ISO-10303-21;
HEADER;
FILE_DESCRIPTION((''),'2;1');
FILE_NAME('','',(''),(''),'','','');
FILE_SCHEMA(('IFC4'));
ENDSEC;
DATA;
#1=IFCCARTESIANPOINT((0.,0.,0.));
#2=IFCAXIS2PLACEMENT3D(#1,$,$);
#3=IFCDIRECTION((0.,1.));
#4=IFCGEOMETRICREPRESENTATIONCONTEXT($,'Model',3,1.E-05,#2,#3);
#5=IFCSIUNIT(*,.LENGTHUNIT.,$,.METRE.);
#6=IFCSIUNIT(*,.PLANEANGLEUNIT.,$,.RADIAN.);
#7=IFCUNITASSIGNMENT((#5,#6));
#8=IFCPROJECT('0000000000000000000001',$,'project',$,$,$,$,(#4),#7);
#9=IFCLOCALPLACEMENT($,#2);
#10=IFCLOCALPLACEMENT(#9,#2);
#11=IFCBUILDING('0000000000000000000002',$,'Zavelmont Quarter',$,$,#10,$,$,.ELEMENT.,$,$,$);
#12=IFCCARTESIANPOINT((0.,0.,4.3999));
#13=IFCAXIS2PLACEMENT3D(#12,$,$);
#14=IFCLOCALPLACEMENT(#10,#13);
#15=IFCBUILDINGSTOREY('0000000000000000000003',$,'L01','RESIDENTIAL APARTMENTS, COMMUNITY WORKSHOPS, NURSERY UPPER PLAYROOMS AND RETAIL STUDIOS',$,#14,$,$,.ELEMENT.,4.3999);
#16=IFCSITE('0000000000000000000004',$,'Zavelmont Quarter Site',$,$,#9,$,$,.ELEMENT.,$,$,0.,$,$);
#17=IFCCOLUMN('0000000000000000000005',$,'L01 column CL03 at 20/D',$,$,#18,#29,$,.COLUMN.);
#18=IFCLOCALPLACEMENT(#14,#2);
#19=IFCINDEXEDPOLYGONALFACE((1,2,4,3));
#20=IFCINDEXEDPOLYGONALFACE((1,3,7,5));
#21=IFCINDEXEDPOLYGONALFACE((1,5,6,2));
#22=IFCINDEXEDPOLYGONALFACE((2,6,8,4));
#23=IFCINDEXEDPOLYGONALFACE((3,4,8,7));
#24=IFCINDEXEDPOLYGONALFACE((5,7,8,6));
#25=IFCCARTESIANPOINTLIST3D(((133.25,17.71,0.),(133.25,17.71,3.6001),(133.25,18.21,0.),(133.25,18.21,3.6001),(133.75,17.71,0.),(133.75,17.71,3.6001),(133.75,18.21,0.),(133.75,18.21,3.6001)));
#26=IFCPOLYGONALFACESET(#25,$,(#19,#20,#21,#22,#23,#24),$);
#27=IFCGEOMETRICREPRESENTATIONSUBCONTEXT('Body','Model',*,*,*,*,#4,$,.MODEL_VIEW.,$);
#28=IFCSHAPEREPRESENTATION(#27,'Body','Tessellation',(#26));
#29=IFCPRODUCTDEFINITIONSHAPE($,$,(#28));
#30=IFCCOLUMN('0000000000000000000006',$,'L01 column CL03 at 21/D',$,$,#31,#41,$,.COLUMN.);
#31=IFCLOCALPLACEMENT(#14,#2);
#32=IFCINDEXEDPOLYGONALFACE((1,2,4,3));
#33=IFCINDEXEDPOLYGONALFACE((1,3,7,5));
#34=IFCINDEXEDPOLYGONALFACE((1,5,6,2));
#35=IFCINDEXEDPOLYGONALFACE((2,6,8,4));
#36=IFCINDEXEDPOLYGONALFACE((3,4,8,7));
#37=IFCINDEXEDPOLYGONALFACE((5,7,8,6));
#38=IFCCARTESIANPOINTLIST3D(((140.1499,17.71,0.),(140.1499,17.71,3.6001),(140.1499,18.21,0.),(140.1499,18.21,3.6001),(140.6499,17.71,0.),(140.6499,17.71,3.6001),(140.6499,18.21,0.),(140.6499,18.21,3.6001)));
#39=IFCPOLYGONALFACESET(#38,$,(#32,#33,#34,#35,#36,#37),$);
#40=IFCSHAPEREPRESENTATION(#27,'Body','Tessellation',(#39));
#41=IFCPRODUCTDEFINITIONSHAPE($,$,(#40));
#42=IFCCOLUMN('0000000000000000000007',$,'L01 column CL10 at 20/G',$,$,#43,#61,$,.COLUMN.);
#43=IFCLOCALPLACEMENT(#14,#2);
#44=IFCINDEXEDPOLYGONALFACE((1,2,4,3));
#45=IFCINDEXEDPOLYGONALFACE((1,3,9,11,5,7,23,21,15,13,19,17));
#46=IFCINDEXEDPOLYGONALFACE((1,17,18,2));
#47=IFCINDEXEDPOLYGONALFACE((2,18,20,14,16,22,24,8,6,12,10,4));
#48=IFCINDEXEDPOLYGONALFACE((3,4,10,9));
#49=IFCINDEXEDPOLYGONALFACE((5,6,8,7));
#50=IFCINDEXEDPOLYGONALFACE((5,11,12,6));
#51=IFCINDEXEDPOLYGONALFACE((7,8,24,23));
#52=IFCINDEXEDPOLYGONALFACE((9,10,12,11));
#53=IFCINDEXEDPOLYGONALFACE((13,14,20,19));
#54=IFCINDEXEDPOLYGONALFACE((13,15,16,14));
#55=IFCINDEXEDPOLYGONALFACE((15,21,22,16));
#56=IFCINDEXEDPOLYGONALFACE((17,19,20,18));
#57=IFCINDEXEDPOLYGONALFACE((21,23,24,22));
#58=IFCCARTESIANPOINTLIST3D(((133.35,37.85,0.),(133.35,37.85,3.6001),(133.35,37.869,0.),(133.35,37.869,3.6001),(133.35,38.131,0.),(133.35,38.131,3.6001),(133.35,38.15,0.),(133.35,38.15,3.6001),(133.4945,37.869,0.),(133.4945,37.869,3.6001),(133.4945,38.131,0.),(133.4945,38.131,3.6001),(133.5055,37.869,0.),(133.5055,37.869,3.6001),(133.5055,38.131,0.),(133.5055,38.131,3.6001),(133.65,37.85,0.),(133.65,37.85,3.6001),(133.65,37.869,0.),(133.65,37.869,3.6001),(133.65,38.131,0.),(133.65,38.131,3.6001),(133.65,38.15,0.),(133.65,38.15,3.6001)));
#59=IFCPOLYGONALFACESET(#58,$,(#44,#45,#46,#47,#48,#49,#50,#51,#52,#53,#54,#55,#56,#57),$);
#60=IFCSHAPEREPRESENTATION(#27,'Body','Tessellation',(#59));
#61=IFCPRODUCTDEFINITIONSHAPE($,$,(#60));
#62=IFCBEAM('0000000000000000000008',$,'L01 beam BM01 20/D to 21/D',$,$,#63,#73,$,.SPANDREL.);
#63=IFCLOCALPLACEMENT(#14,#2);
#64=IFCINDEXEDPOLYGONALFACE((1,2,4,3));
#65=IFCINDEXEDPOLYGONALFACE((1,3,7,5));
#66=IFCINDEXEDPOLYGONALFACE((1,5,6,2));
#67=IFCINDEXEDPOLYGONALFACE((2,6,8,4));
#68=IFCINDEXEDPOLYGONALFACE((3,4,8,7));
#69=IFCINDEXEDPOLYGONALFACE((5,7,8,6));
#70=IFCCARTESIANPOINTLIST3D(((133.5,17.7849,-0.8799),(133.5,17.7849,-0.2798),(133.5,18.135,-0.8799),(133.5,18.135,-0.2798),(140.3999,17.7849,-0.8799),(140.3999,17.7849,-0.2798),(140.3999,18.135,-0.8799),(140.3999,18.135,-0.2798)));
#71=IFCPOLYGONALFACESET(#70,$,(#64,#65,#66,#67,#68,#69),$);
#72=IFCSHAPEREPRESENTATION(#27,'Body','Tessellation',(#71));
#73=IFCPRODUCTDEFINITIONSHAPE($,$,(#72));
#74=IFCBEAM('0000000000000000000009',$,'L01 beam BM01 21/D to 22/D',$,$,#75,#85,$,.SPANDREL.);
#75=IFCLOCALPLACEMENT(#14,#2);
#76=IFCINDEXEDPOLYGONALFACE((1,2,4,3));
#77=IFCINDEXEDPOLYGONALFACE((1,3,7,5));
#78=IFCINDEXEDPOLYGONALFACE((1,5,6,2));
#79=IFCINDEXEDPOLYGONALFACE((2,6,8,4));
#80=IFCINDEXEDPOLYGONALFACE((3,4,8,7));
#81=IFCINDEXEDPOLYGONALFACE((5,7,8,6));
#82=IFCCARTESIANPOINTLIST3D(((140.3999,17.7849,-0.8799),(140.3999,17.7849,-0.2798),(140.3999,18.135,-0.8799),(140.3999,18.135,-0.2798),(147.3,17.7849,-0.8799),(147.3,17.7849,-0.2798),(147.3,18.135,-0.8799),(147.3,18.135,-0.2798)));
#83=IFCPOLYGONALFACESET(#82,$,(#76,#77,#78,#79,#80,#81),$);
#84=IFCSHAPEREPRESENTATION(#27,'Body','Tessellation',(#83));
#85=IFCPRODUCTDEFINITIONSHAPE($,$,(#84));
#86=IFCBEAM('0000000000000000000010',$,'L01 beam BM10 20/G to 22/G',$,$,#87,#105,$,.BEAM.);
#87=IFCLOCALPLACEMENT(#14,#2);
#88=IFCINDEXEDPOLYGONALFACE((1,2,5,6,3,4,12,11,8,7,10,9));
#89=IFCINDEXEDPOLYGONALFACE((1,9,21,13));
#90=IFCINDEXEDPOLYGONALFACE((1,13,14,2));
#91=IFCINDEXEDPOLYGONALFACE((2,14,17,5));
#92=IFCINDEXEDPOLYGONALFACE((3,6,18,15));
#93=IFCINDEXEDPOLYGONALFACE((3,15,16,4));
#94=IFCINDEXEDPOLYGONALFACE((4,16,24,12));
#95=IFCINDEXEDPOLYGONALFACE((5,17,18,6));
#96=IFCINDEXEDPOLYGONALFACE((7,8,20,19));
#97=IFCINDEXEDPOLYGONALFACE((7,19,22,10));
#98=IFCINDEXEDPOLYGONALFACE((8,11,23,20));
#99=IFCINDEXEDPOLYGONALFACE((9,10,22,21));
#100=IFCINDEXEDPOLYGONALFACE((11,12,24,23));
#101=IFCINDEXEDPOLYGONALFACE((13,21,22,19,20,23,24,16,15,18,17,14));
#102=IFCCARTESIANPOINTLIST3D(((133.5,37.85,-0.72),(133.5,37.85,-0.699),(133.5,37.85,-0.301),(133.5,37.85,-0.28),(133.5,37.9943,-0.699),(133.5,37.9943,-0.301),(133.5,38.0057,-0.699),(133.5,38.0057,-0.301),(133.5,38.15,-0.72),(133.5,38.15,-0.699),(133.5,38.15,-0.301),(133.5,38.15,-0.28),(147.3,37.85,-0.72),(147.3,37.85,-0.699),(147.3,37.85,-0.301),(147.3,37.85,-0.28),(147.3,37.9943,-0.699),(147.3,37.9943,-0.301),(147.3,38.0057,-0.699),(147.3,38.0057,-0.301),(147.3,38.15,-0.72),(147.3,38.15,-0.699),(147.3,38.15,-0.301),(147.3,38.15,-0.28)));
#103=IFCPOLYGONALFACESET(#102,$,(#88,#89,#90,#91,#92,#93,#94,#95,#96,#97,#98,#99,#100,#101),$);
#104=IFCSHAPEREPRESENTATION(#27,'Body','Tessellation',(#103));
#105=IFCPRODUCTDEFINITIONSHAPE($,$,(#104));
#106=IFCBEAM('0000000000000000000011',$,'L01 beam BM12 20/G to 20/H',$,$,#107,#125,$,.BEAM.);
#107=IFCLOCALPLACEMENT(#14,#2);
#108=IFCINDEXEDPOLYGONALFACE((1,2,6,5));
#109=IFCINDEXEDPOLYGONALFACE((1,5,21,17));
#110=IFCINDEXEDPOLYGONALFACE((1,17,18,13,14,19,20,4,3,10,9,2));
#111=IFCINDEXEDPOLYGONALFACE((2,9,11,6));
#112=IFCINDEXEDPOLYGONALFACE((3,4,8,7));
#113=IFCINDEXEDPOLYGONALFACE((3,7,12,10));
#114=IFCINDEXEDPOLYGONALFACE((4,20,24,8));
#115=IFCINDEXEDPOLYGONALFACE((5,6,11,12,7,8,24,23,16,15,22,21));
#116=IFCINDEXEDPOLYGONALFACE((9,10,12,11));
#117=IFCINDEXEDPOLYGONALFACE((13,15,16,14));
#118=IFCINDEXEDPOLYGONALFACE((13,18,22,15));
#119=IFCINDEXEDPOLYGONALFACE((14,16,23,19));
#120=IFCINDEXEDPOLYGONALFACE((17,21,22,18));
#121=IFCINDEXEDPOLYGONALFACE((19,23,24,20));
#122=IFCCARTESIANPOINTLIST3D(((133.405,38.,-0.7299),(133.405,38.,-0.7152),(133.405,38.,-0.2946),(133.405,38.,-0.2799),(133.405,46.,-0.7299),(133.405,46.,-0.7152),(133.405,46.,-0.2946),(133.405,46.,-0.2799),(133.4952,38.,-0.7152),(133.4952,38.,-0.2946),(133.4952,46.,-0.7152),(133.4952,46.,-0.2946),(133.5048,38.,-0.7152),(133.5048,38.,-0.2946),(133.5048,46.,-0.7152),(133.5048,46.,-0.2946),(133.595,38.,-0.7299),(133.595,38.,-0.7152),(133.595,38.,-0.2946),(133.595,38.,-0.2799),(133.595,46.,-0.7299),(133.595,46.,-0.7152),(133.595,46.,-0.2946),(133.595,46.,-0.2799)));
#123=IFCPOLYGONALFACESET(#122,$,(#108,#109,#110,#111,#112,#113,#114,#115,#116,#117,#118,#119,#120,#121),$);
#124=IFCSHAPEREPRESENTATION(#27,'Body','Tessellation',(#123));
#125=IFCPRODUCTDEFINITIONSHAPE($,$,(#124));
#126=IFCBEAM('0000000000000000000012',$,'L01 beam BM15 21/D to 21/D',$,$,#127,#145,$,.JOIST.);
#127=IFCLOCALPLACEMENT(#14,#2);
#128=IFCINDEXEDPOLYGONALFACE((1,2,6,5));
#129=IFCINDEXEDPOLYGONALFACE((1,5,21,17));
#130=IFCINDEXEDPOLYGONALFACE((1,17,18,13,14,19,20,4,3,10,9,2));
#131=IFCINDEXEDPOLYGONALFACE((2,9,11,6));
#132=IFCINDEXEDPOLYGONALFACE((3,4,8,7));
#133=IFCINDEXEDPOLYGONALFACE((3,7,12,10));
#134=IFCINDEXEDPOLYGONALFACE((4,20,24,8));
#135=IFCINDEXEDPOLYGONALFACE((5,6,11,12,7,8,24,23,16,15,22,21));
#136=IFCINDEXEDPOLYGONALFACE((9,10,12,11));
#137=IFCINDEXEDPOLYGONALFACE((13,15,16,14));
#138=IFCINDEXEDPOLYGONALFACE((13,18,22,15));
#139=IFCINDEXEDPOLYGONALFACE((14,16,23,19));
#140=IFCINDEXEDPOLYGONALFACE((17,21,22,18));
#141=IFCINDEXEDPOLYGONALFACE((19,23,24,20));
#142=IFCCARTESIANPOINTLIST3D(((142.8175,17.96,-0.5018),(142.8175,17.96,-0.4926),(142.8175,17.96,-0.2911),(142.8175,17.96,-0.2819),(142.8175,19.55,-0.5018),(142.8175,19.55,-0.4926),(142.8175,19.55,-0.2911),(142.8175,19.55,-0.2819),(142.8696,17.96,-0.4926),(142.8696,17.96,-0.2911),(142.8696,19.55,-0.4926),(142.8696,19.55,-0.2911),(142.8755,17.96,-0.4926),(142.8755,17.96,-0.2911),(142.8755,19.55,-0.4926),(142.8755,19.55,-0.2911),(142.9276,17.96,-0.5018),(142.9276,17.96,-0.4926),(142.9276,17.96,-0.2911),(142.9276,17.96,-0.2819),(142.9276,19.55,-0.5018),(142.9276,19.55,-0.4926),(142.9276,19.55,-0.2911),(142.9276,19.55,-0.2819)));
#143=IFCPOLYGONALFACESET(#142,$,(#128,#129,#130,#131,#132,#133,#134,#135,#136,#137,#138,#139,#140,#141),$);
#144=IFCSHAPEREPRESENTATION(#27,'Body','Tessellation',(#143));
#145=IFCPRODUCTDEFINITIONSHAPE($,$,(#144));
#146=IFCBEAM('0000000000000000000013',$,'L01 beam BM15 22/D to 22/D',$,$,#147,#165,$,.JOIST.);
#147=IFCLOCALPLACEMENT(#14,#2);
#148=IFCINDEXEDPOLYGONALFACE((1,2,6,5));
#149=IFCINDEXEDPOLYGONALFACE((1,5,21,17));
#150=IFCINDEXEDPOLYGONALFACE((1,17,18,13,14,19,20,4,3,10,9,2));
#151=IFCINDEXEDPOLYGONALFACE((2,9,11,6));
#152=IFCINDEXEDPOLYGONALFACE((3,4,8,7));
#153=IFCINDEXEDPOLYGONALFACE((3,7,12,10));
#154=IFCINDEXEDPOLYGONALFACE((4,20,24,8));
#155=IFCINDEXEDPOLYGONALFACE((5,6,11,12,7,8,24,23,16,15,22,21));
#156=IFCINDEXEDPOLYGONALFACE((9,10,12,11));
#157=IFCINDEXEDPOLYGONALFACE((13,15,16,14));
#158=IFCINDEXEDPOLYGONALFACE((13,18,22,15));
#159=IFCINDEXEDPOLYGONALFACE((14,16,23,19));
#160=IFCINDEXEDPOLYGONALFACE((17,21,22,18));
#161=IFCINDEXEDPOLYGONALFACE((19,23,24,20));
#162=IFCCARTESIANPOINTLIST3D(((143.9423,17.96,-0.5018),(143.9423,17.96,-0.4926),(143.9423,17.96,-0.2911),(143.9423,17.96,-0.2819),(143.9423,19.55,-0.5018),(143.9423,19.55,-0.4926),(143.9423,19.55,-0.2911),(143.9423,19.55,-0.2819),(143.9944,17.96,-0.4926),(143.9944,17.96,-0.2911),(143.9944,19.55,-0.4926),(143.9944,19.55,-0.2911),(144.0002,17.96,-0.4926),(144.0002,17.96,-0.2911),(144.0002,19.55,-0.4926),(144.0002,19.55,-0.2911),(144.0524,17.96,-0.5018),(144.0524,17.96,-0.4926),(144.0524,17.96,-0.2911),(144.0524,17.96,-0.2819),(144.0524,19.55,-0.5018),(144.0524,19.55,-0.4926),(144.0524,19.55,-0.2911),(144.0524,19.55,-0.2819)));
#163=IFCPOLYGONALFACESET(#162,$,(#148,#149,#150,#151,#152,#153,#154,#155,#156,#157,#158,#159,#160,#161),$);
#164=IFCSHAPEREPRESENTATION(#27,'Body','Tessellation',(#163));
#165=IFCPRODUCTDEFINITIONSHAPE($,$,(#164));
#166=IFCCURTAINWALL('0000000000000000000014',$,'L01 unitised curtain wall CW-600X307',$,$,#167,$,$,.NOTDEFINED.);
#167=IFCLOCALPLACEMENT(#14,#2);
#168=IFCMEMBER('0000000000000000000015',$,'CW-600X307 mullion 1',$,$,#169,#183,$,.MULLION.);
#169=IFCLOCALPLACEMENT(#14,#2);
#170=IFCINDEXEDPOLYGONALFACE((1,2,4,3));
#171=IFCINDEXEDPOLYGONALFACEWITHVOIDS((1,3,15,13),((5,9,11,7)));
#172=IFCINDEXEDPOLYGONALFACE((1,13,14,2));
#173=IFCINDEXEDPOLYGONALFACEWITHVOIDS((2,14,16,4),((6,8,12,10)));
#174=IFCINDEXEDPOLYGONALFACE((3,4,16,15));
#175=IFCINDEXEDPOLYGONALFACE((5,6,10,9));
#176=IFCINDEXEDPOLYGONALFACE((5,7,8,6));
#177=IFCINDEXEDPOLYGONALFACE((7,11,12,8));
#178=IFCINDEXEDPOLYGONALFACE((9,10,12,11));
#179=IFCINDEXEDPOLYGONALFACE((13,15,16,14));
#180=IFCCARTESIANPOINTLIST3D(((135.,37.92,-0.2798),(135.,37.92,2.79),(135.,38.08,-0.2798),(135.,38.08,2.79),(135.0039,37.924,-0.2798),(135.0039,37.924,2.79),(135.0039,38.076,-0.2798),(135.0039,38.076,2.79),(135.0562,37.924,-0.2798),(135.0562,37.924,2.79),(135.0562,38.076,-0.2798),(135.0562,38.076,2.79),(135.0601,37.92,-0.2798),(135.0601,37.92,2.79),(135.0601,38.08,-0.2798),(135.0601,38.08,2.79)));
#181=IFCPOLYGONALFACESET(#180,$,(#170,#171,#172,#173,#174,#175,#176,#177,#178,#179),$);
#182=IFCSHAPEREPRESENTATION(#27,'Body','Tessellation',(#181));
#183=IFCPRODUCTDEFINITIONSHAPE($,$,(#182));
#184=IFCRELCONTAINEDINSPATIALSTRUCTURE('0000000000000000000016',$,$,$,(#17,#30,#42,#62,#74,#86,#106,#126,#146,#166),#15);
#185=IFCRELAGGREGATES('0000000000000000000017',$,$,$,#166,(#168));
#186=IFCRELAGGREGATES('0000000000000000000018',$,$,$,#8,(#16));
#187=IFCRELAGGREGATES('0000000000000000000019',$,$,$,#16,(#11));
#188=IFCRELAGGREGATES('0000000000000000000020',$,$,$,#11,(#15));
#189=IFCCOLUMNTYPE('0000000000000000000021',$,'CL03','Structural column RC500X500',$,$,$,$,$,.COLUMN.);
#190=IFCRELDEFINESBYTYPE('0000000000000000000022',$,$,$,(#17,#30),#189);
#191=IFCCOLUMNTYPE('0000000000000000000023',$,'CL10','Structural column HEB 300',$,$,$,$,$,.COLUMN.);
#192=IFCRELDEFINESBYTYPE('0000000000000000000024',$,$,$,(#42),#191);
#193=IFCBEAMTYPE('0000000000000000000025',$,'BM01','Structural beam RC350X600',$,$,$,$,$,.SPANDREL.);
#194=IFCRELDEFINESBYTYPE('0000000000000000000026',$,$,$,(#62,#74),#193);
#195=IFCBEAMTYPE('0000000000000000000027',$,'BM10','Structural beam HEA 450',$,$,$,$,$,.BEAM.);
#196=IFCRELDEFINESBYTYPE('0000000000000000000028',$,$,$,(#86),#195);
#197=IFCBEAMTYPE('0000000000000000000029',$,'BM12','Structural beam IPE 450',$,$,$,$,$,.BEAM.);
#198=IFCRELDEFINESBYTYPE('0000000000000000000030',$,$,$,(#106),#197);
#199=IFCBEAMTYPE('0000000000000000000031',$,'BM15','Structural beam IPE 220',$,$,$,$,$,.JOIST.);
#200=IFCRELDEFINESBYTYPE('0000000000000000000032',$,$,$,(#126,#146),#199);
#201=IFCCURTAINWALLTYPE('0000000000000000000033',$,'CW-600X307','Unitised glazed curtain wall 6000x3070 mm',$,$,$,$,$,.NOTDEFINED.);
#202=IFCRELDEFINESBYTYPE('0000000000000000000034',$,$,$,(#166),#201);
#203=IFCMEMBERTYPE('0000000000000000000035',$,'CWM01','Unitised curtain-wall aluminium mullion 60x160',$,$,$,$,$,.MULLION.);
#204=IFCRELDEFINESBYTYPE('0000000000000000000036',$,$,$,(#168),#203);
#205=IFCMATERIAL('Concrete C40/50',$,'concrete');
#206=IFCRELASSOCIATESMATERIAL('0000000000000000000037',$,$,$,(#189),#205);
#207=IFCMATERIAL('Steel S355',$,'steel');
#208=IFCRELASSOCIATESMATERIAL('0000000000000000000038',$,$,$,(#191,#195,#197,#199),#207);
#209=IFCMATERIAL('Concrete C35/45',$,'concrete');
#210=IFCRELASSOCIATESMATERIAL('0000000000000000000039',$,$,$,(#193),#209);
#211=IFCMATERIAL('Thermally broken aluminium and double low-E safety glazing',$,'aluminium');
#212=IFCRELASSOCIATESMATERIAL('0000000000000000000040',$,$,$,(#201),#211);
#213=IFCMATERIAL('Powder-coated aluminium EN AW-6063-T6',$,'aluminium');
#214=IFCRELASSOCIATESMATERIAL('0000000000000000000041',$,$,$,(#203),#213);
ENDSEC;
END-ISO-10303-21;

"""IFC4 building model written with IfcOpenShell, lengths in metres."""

from ifc_helpers import new_model, si_unit, direction, frame, origin, origin_2d, place, context, subcontext, project, spatial, rectangle, hollow_rectangle, i_section, extrude, material, material_profile, profile_set, type_object, element, aggregate, save


model = new_model("IFC4")

# Units and contexts
model_context = context("Model", 3, precision=1e-05, world=origin(), true_north=direction((0.0, 1.0)))
body_context = subcontext(model_context, "Body", "Model", "MODEL_VIEW")
ifc_project = project(units=[si_unit("LENGTHUNIT", "METRE"), si_unit("PLANEANGLEUNIT", "RADIAN")], contexts=[model_context])

# Site, building, storey
site_placement = place(None, origin())
site = spatial("IfcSite", under=ifc_project, at=site_placement, Name="Zavelmont Quarter Site", CompositionType="ELEMENT", RefElevation=0.0)
building_placement = place(site_placement, origin())
building = spatial("IfcBuilding", under=site, at=building_placement, Name="Zavelmont Quarter", CompositionType="ELEMENT")
storey_placement = place(building_placement, frame((0.0, 0.0, 4.3999)))
storey = spatial("IfcBuildingStorey", under=building, at=storey_placement, Name="L01", Description="RESIDENTIAL APARTMENTS, COMMUNITY WORKSHOPS, NURSERY UPPER PLAYROOMS AND RETAIL STUDIOS", CompositionType="ELEMENT", Elevation=4.3999)

# Columns
ifc_material_1 = material(Name="Concrete C40/50", Category="concrete")
ifc_material_profile_1 = material_profile(ifc_material_1, rectangle(XDim=0.5, YDim=0.5, at=origin_2d()), Name="RC500X500")
ifc_profile_set_1 = profile_set([ifc_material_profile_1], Name="Concrete C40/50")
column_type_1 = type_object("IfcColumnType", Name="CL03", Description="Structural column RC500X500", PredefinedType="COLUMN", material=ifc_profile_set_1)
for number, where, z_axis, x_axis, name in (
    (1, (133.5, 17.96, 0.0), (0.0, 0.0, 1.0), (1.0, 0.0, 0.0), "L01 column CL03 at 20/D"),
    (2, (140.3999, 17.96, 0.0), (0.0, 0.0, 1.0), (1.0, 0.0, 0.0), "L01 column CL03 at 21/D"),
):
    element("IfcColumn", number, at=place(storey_placement, frame(where, z_axis=z_axis, x_axis=x_axis)), inside=storey, type_object=column_type_1, Name=name, PredefinedType="COLUMN", context=body_context, shape_type="SweptSolid", body=[
        extrude(rectangle(XDim=0.5, YDim=0.5, at=origin_2d()), origin(), (0.0, 0.0, 1.0), 3.6001),
    ])
ifc_material_2 = material(Name="Steel S355", Category="steel")
ifc_material_profile_2 = material_profile(ifc_material_2, i_section(OverallWidth=0.3, OverallDepth=0.3, WebThickness=0.011, FlangeThickness=0.019, at=origin_2d()), Name="HEB 300")
ifc_profile_set_2 = profile_set([ifc_material_profile_2], Name="Steel S355")
column_type_2 = type_object("IfcColumnType", Name="CL10", Description="Structural column HEB 300", PredefinedType="COLUMN", material=ifc_profile_set_2)
column_placement = place(storey_placement, frame((133.5, 38.0, 0.0), z_axis=(0.0, 0.0, 1.0), x_axis=(1.0, 0.0, 0.0)))
element("IfcColumn", 3, at=column_placement, inside=storey, type_object=column_type_2, Name="L01 column CL10 at 20/G", PredefinedType="COLUMN", context=body_context, shape_type="SweptSolid", body=[
    extrude(i_section(OverallWidth=0.3, OverallDepth=0.3, WebThickness=0.011, FlangeThickness=0.019, at=origin_2d()), origin(), (0.0, 0.0, 1.0), 3.6001),
])

# Beams
ifc_material_3 = material(Name="Concrete C35/45", Category="concrete")
ifc_material_profile_3 = material_profile(ifc_material_3, rectangle(XDim=0.3501, YDim=0.6001, at=origin_2d()), Name="RC350X600")
ifc_profile_set_3 = profile_set([ifc_material_profile_3], Name="Concrete C35/45")
beam_type_1 = type_object("IfcBeamType", Name="BM01", Description="Structural beam RC350X600", PredefinedType="SPANDREL", material=ifc_profile_set_3)
beam_1_placement = place(storey_placement, frame((133.5, 17.96, -0.5798), z_axis=(1.0, 0.0, 0.0), x_axis=(0.0, 1.0, 0.0)))
element("IfcBeam", 4, at=beam_1_placement, inside=storey, type_object=beam_type_1, Name="L01 beam BM01 20/D to 21/D", PredefinedType="SPANDREL", context=body_context, shape_type="SweptSolid", body=[
    extrude(rectangle(XDim=0.3501, YDim=0.6001, at=origin_2d()), origin(), (0.0, 0.0, 1.0), 6.8999),
])
beam_2_placement = place(storey_placement, frame((140.3999, 17.96, -0.5798), z_axis=(1.0, 0.0, 0.0), x_axis=(0.0, 1.0, 0.0)))
element("IfcBeam", 5, at=beam_2_placement, inside=storey, type_object=beam_type_1, Name="L01 beam BM01 21/D to 22/D", PredefinedType="SPANDREL", context=body_context, shape_type="SweptSolid", body=[
    extrude(rectangle(XDim=0.3501, YDim=0.6001, at=origin_2d()), origin(), (0.0, 0.0, 1.0), 6.9001),
])
ifc_material_profile_4 = material_profile(ifc_material_2, i_section(OverallWidth=0.3, OverallDepth=0.4399, WebThickness=0.0115, FlangeThickness=0.021, at=origin_2d()), Name="HEA 450")
ifc_profile_set_4 = profile_set([ifc_material_profile_4], Name="Steel S355")
beam_type_2 = type_object("IfcBeamType", Name="BM10", Description="Structural beam HEA 450", PredefinedType="BEAM", material=ifc_profile_set_4)
beam_3_placement = place(storey_placement, frame((133.5, 38.0, -0.5), z_axis=(1.0, 0.0, 0.0), x_axis=(0.0, 1.0, 0.0)))
element("IfcBeam", 6, at=beam_3_placement, inside=storey, type_object=beam_type_2, Name="L01 beam BM10 20/G to 22/G", PredefinedType="BEAM", context=body_context, shape_type="SweptSolid", body=[
    extrude(i_section(OverallWidth=0.3, OverallDepth=0.4399, WebThickness=0.0115, FlangeThickness=0.021, at=origin_2d()), origin(), (0.0, 0.0, 1.0), 13.8),
])
ifc_material_profile_5 = material_profile(ifc_material_2, i_section(OverallWidth=0.1899, OverallDepth=0.45, WebThickness=0.0095, FlangeThickness=0.0146, at=origin_2d()), Name="IPE 450")
ifc_profile_set_5 = profile_set([ifc_material_profile_5], Name="Steel S355")
beam_type_3 = type_object("IfcBeamType", Name="BM12", Description="Structural beam IPE 450", PredefinedType="BEAM", material=ifc_profile_set_5)
beam_4_placement = place(storey_placement, frame((133.5, 38.0, -0.5049), z_axis=(0.0, 1.0, 0.0), x_axis=(-1.0, 0.0, 0.0)))
element("IfcBeam", 7, at=beam_4_placement, inside=storey, type_object=beam_type_3, Name="L01 beam BM12 20/G to 20/H", PredefinedType="BEAM", context=body_context, shape_type="SweptSolid", body=[
    extrude(i_section(OverallWidth=0.1899, OverallDepth=0.45, WebThickness=0.0095, FlangeThickness=0.0146, at=origin_2d()), origin(), (0.0, 0.0, 1.0), 8.0),
])
ifc_material_profile_6 = material_profile(ifc_material_2, i_section(OverallWidth=0.1101, OverallDepth=0.22, WebThickness=0.0059, FlangeThickness=0.0093, at=origin_2d()), Name="IPE 220")
ifc_profile_set_6 = profile_set([ifc_material_profile_6], Name="Steel S355")
beam_type_4 = type_object("IfcBeamType", Name="BM15", Description="Structural beam IPE 220", PredefinedType="JOIST", material=ifc_profile_set_6)
for number, where, z_axis, x_axis, name in (
    (8, (142.8726, 17.96, -0.3918), (0.0, 1.0, 0.0), (-1.0, 0.0, 0.0), "L01 beam BM15 21/D to 21/D"),
    (9, (143.9973, 17.96, -0.3918), (0.0, 1.0, 0.0), (-1.0, 0.0, 0.0), "L01 beam BM15 22/D to 22/D"),
):
    element("IfcBeam", number, at=place(storey_placement, frame(where, z_axis=z_axis, x_axis=x_axis)), inside=storey, type_object=beam_type_4, Name=name, PredefinedType="JOIST", context=body_context, shape_type="SweptSolid", body=[
        extrude(i_section(OverallWidth=0.1101, OverallDepth=0.22, WebThickness=0.0059, FlangeThickness=0.0093, at=origin_2d()), origin(), (0.0, 0.0, 1.0), 1.5901),
    ])

# Curtain wall, member
ifc_material_4 = material(Name="Thermally broken aluminium and double low-E safety glazing", Category="aluminium")
curtain_wall_type = type_object("IfcCurtainWallType", Name="CW-600X307", Description="Unitised glazed curtain wall 6000x3070 mm", PredefinedType="NOTDEFINED", material=ifc_material_4)
curtain_wall_placement = place(storey_placement, origin())
curtain_wall = element("IfcCurtainWall", 10, at=curtain_wall_placement, inside=storey, type_object=curtain_wall_type, Name="L01 unitised curtain wall CW-600X307", PredefinedType="NOTDEFINED")
ifc_material_5 = material(Name="Powder-coated aluminium EN AW-6063-T6", Category="aluminium")
ifc_material_profile_7 = material_profile(ifc_material_5, hollow_rectangle(XDim=0.0601, YDim=0.1599, WallThickness=0.0039, at=origin_2d()), Name="CWM60X160")
ifc_profile_set_7 = profile_set([ifc_material_profile_7], Name="Powder-coated aluminium EN AW-6063-T6")
member_type_1 = type_object("IfcMemberType", Name="CWM01", Description="Unitised curtain-wall aluminium mullion 60x160", PredefinedType="MULLION", material=ifc_profile_set_7)
member_1_placement = place(storey_placement, frame((135.03, 38.0, -0.2798), z_axis=(0.0, 0.0, 1.0), x_axis=(1.0, 0.0, 0.0)))
member_1 = element("IfcMember", 11, at=member_1_placement, type_object=member_type_1, Name="CW-600X307 mullion 1", PredefinedType="MULLION", context=body_context, shape_type="SweptSolid", body=[
    extrude(hollow_rectangle(XDim=0.0601, YDim=0.1599, WallThickness=0.0039, at=origin_2d()), origin(), (0.0, 0.0, 1.0), 3.0698),
])
aggregate(curtain_wall, [member_1])

save(model, "model.ifc")
